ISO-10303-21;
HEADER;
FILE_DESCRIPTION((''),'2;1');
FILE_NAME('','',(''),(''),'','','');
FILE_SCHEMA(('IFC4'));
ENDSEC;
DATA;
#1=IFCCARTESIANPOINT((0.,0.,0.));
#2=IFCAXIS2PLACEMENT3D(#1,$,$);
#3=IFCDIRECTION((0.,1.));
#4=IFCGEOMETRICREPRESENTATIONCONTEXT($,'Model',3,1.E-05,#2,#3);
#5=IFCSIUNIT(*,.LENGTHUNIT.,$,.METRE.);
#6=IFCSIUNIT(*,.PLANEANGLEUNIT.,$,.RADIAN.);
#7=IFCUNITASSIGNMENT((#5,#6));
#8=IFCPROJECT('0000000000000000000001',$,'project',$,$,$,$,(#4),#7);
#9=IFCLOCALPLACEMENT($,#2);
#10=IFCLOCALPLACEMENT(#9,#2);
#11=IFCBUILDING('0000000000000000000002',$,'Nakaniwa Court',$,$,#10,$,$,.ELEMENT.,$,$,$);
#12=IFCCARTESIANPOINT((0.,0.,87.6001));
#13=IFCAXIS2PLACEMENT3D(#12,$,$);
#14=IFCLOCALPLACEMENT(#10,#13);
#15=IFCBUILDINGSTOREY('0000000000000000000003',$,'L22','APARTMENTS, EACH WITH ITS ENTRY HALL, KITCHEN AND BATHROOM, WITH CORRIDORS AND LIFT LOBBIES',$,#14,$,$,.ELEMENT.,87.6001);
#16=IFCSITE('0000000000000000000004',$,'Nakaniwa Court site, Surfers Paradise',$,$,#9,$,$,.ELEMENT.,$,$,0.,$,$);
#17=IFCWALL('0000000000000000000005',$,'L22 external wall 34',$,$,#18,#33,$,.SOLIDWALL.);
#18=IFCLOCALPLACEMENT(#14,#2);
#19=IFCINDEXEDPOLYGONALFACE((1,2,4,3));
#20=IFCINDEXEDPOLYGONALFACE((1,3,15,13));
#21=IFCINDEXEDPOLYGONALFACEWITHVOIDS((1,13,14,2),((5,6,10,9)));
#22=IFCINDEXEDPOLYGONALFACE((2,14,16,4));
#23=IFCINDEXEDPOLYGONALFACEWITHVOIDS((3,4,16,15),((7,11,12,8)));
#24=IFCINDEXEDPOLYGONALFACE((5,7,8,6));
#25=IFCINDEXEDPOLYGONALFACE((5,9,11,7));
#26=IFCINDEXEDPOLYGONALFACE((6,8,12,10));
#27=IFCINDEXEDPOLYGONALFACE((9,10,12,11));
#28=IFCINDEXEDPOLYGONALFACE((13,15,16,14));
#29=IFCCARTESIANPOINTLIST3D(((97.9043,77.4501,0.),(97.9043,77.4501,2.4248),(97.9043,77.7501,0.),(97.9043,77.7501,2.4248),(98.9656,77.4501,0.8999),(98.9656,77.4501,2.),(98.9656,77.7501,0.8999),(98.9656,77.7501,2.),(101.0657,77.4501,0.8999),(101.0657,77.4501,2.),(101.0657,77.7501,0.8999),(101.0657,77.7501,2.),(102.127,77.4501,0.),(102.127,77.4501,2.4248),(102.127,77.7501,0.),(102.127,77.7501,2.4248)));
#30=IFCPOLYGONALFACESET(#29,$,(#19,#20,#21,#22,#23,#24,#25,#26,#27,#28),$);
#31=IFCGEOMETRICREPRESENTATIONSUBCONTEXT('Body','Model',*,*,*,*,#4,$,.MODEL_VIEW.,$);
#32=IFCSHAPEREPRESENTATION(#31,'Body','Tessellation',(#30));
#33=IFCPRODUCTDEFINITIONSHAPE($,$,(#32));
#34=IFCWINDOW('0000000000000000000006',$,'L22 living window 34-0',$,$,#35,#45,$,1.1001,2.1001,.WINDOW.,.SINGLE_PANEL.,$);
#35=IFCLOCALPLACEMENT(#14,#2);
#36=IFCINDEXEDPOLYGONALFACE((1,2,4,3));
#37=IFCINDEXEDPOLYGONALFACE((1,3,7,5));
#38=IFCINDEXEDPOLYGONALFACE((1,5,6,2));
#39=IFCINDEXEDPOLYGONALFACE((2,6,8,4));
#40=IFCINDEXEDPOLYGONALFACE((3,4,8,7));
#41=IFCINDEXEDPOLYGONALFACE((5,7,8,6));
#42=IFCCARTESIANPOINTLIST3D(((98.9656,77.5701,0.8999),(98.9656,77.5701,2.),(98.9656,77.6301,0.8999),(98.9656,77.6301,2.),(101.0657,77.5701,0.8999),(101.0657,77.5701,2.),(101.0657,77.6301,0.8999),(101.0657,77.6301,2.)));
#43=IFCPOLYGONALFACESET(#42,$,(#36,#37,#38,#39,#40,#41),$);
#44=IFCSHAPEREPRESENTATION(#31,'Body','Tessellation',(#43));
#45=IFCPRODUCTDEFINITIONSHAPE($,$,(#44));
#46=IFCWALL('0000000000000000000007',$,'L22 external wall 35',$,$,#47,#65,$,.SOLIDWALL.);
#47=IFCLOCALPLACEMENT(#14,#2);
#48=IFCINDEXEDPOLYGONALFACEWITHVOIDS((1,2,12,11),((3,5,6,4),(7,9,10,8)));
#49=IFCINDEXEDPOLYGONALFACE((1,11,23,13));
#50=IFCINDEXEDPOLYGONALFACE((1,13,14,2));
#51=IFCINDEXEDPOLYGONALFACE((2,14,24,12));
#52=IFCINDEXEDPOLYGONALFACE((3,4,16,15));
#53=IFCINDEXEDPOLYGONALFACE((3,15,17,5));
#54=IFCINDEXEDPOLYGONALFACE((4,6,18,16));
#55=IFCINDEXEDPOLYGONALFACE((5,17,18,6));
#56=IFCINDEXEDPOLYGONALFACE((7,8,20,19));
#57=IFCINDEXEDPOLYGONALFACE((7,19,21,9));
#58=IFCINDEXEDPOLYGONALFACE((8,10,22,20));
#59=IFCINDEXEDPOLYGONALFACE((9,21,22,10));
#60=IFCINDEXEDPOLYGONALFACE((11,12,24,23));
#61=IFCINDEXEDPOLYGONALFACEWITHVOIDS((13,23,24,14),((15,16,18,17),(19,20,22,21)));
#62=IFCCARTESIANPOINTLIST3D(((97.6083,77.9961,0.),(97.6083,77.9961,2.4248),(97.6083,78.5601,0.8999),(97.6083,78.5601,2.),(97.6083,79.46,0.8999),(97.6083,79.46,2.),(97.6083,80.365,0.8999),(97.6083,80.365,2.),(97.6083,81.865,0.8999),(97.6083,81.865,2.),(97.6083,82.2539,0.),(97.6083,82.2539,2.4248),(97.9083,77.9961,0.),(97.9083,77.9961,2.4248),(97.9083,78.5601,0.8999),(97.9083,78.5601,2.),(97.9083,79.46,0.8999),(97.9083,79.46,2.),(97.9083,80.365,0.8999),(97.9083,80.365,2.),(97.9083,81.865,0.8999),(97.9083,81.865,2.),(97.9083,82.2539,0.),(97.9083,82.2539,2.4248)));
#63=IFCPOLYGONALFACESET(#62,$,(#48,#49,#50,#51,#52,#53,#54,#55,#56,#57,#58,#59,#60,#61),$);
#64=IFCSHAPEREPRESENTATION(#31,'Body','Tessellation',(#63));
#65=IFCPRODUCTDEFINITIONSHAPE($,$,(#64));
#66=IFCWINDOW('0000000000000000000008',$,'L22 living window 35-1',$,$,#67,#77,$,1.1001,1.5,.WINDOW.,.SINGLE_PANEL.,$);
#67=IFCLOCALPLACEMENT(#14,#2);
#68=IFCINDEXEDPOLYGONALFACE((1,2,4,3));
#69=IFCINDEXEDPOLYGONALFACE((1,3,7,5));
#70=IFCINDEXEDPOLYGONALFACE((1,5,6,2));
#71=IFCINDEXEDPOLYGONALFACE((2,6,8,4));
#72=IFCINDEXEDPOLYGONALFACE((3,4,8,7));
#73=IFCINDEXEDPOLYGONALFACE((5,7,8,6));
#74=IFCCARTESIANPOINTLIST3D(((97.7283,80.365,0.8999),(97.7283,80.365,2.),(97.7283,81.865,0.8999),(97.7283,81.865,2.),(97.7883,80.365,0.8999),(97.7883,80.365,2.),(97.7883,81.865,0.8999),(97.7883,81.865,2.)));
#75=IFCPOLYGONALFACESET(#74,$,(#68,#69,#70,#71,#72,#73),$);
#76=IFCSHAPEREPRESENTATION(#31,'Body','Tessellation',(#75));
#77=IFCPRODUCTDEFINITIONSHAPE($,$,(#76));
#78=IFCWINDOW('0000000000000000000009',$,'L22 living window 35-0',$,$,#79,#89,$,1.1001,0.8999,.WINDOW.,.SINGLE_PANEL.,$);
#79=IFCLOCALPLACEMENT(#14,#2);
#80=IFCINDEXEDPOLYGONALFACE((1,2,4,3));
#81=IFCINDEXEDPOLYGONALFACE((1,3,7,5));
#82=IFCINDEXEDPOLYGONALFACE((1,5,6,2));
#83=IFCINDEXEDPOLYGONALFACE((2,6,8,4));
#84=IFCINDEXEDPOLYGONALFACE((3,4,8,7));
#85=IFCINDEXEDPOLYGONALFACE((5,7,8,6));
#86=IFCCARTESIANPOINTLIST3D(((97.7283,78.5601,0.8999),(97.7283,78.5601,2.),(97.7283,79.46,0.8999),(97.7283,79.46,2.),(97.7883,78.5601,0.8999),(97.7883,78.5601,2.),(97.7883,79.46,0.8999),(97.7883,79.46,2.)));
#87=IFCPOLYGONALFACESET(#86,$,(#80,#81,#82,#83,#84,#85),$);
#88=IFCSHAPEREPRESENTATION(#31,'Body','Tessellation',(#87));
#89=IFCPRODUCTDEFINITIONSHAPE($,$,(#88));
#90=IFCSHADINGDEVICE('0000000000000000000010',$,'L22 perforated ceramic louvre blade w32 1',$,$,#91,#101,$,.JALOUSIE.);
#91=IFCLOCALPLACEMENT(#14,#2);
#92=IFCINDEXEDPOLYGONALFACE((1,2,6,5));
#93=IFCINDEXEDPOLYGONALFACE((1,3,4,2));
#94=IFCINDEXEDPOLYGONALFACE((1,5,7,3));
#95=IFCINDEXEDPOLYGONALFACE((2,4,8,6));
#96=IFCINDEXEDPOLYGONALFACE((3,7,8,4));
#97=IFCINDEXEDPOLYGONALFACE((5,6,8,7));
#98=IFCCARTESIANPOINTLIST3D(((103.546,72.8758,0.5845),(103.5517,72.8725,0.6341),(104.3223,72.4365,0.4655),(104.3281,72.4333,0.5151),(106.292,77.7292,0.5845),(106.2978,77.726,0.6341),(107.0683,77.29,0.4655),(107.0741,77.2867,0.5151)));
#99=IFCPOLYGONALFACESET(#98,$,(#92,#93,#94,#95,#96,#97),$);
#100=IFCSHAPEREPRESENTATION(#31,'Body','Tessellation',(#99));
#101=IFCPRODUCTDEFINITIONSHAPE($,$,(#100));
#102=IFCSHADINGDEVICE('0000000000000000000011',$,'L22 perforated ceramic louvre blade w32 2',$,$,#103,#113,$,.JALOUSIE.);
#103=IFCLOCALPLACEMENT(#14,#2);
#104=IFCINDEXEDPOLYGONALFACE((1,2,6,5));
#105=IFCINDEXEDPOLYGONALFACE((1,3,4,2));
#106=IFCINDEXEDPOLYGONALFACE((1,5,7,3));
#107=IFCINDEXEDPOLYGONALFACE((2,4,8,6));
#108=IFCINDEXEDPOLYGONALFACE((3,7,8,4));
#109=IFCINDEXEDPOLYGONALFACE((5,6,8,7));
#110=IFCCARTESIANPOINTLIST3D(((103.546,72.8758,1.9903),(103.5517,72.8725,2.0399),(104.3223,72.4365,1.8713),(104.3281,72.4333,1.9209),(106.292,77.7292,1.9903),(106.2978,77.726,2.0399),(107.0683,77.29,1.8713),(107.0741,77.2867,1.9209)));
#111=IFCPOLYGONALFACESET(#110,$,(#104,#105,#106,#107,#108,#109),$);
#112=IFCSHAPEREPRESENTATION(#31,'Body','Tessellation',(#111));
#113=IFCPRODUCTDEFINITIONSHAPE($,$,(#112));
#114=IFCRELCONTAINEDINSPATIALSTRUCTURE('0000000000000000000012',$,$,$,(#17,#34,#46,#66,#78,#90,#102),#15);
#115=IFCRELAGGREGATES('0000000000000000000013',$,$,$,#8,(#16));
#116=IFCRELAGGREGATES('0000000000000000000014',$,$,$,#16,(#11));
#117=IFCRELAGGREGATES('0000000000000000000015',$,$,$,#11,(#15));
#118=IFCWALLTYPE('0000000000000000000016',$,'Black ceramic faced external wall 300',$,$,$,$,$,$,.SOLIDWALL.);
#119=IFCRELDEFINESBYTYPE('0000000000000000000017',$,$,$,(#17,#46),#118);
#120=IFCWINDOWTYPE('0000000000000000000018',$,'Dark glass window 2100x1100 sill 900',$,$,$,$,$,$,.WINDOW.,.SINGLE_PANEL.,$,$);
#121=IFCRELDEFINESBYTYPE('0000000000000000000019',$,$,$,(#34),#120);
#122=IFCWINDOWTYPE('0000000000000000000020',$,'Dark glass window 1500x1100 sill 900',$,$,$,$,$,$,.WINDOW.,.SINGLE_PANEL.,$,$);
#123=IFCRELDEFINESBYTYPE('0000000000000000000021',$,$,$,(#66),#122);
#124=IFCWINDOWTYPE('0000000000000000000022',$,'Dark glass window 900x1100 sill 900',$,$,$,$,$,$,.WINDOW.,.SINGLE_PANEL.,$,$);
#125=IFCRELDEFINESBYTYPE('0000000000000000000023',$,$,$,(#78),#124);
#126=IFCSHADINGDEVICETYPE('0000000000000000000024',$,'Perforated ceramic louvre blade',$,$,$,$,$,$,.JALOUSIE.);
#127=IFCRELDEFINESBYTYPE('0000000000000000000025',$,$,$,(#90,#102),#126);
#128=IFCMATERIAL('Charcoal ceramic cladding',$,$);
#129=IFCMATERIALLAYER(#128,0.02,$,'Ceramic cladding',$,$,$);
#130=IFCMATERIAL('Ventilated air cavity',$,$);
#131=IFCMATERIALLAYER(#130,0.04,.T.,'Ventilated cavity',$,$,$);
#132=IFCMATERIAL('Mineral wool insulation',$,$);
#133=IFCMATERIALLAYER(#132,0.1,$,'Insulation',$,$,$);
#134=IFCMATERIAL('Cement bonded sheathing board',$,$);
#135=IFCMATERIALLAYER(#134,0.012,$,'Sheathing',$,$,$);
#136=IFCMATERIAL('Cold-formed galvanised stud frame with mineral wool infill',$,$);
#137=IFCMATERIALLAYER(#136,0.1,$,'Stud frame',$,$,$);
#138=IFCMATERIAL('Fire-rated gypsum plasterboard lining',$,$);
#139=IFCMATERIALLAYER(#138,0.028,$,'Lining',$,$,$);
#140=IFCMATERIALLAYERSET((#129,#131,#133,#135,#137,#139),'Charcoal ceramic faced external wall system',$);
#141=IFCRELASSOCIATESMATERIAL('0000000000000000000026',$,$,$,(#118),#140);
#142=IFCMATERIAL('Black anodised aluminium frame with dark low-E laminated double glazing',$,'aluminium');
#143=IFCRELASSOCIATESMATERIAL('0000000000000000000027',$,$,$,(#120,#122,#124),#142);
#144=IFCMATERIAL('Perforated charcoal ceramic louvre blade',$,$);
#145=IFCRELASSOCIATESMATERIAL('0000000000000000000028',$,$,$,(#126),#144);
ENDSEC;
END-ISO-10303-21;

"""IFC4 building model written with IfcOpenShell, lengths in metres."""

from ifc_helpers import new_model, si_unit, direction, frame, frame_2d, origin, origin_2d, place, context, subcontext, project, spatial, rectangle, extrude, material, layer, layer_set, material_profile, profile_set, type_object, element, fill, save


model = new_model("IFC4")

# Units and contexts
model_context = context("Model", 3, precision=1e-05, world=origin(), true_north=direction((0.0, 1.0)))
body_context = subcontext(model_context, "Body", "Model", "MODEL_VIEW")
ifc_project = project(units=[si_unit("LENGTHUNIT", "METRE"), si_unit("PLANEANGLEUNIT", "RADIAN")], contexts=[model_context])

# Site, building, storey
site_placement = place(None, origin())
site = spatial("IfcSite", under=ifc_project, at=site_placement, Name="Nakaniwa Court site, Surfers Paradise", CompositionType="ELEMENT", RefElevation=0.0)
building_placement = place(site_placement, origin())
building = spatial("IfcBuilding", under=site, at=building_placement, Name="Nakaniwa Court", CompositionType="ELEMENT")
storey_placement = place(building_placement, frame((0.0, 0.0, 87.6001)))
storey = spatial("IfcBuildingStorey", under=building, at=storey_placement, Name="L22", Description="APARTMENTS, EACH WITH ITS ENTRY HALL, KITCHEN AND BATHROOM, WITH CORRIDORS AND LIFT LOBBIES", CompositionType="ELEMENT", Elevation=87.6001)

# Shared definitions
ifc_material_1 = material(Name="Charcoal ceramic cladding")
ifc_layer_1 = layer(ifc_material_1, 0.02, Name="Ceramic cladding")
ifc_material_2 = material(Name="Ventilated air cavity")
ifc_layer_2 = layer(ifc_material_2, 0.04, ventilated=True, Name="Ventilated cavity")
ifc_material_3 = material(Name="Mineral wool insulation")
ifc_layer_3 = layer(ifc_material_3, 0.1, Name="Insulation")
ifc_material_4 = material(Name="Cement bonded sheathing board")
ifc_layer_4 = layer(ifc_material_4, 0.012, Name="Sheathing")
ifc_material_5 = material(Name="Cold-formed galvanised stud frame with mineral wool infill")
ifc_layer_5 = layer(ifc_material_5, 0.1, Name="Stud frame")
ifc_material_6 = material(Name="Fire-rated gypsum plasterboard lining")
ifc_layer_6 = layer(ifc_material_6, 0.028, Name="Lining")
ifc_layer_set = layer_set([ifc_layer_1, ifc_layer_2, ifc_layer_3, ifc_layer_4, ifc_layer_5, ifc_layer_6], Name="Charcoal ceramic faced external wall system")
wall_type = type_object("IfcWallType", Name="Black ceramic faced external wall 300", PredefinedType="SOLIDWALL", material=ifc_layer_set)
ifc_material_7 = material(Name="Black anodised aluminium frame with dark low-E laminated double glazing", Category="aluminium")
window_type_1 = type_object("IfcWindowType", Name="Dark glass window 2100x1100 sill 900", PartitioningType="SINGLE_PANEL", PredefinedType="WINDOW", material=ifc_material_7)

# Wall, opening, window
window_type_2 = type_object("IfcWindowType", Name="Dark glass window 1500x1100 sill 900", PartitioningType="SINGLE_PANEL", PredefinedType="WINDOW", material=ifc_material_7)
wall_1_placement = place(storey_placement, frame((102.127, 77.6001, 0.0), z_axis=(0.0, 0.0, 1.0), x_axis=(-1.0, 0.0, 0.0)))
wall_1 = element("IfcWall", 1, at=wall_1_placement, inside=storey, type_object=wall_type, Name="L22 external wall 34", PredefinedType="SOLIDWALL", context=body_context, shape_type="SweptSolid", body=[
    extrude(rectangle(XDim=4.2227, YDim=0.3, at=frame_2d((2.1113, 0.0))), origin(), (0.0, 0.0, 1.0), 2.4248),
])
opening_1_placement = place(wall_1_placement, frame((1.0613, 0.0, 0.8999)))
opening_1 = element("IfcOpeningElement", 2, at=opening_1_placement, cuts=wall_1, PredefinedType="OPENING", context=body_context, shape_type="SweptSolid", body=[
    extrude(rectangle(XDim=2.1001, YDim=1.1001, at=frame_2d((1.05, 0.55))), frame((0.0, 0.1599, 0.0), z_axis=(0.0, -1.0, 0.0), x_axis=(1.0, 0.0, 0.0)), (0.0, 0.0, 1.0), 0.3201),
])
window_1_placement = place(opening_1_placement, origin())
window_1 = element("IfcWindow", 3, at=window_1_placement, inside=storey, type_object=window_type_1, Name="L22 living window 34-0", OverallHeight=1.1001, OverallWidth=2.1001, PartitioningType="SINGLE_PANEL", PredefinedType="WINDOW", context=body_context, shape_type="SweptSolid", body=[
    extrude(rectangle(XDim=2.1001, YDim=1.1001, at=frame_2d((1.05, 0.55))), frame((0.0, 0.03, 0.0), z_axis=(0.0, -1.0, 0.0), x_axis=(1.0, 0.0, 0.0)), (0.0, 0.0, 1.0), 0.0601),
])
fill(opening_1, window_1)

# Wall, openings, windows
wall_2_placement = place(storey_placement, frame((97.7583, 77.9961, 0.0), z_axis=(0.0, 0.0, 1.0), x_axis=(0.0, 1.0, 0.0)))
wall_2 = element("IfcWall", 4, at=wall_2_placement, inside=storey, type_object=wall_type, Name="L22 external wall 35", PredefinedType="SOLIDWALL", context=body_context, shape_type="SweptSolid", body=[
    extrude(rectangle(XDim=4.2578, YDim=0.3, at=frame_2d((2.1289, 0.0))), origin(), (0.0, 0.0, 1.0), 2.4248),
])
opening_2_placement = place(wall_2_placement, frame((0.564, 0.0, 0.8999)))
opening_2 = element("IfcOpeningElement", 5, at=opening_2_placement, cuts=wall_2, PredefinedType="OPENING", context=body_context, shape_type="SweptSolid", body=[
    extrude(rectangle(XDim=0.8999, YDim=1.1001, at=frame_2d((0.45, 0.55))), frame((0.0, 0.1599, 0.0), z_axis=(0.0, -1.0, 0.0), x_axis=(1.0, 0.0, 0.0)), (0.0, 0.0, 1.0), 0.3201),
])
opening_3_placement = place(wall_2_placement, frame((2.3689, 0.0, 0.8999)))
opening_3 = element("IfcOpeningElement", 6, at=opening_3_placement, cuts=wall_2, PredefinedType="OPENING", context=body_context, shape_type="SweptSolid", body=[
    extrude(rectangle(XDim=1.5, YDim=1.1001, at=frame_2d((0.75, 0.55))), frame((0.0, 0.1599, 0.0), z_axis=(0.0, -1.0, 0.0), x_axis=(1.0, 0.0, 0.0)), (0.0, 0.0, 1.0), 0.3201),
])
window_2_placement = place(opening_3_placement, origin())
window_2 = element("IfcWindow", 7, at=window_2_placement, inside=storey, type_object=window_type_2, Name="L22 living window 35-1", OverallHeight=1.1001, OverallWidth=1.5, PartitioningType="SINGLE_PANEL", PredefinedType="WINDOW", context=body_context, shape_type="SweptSolid", body=[
    extrude(rectangle(XDim=1.5, YDim=1.1001, at=frame_2d((0.75, 0.55))), frame((0.0, 0.03, 0.0), z_axis=(0.0, -1.0, 0.0), x_axis=(1.0, 0.0, 0.0)), (0.0, 0.0, 1.0), 0.0601),
])
fill(opening_3, window_2)
window_type_3 = type_object("IfcWindowType", Name="Dark glass window 900x1100 sill 900", PartitioningType="SINGLE_PANEL", PredefinedType="WINDOW", material=ifc_material_7)
window_3_placement = place(opening_2_placement, origin())
window_3 = element("IfcWindow", 8, at=window_3_placement, inside=storey, type_object=window_type_3, Name="L22 living window 35-0", OverallHeight=1.1001, OverallWidth=0.8999, PartitioningType="SINGLE_PANEL", PredefinedType="WINDOW", context=body_context, shape_type="SweptSolid", body=[
    extrude(rectangle(XDim=0.8999, YDim=1.1001, at=frame_2d((0.45, 0.55))), frame((0.0, 0.03, 0.0), z_axis=(0.0, -1.0, 0.0), x_axis=(1.0, 0.0, 0.0)), (0.0, 0.0, 1.0), 0.0601),
])
fill(opening_2, window_3)

# Shading devices
ifc_material_8 = material(Name="Perforated charcoal ceramic louvre blade")
ifc_material_profile_1 = material_profile(ifc_material_8, rectangle(XDim=0.8999, YDim=0.05, at=origin_2d()), Name="Perforated ceramic louvre blade")
ifc_profile_set_1 = profile_set([ifc_material_profile_1], Name="Perforated charcoal ceramic louvre blade")
shading_device_type = type_object("IfcShadingDeviceType", Name="Perforated ceramic louvre blade", PredefinedType="JALOUSIE", material=ifc_profile_set_1)
for number, where, z_axis, x_axis, name in (
    (9, (103.937, 72.6545, 0.5498), (0.492438, 0.870347, 0.0), (-0.862702, 0.488112, 0.132256), "L22 perforated ceramic louvre blade w32 1"),
    (10, (103.937, 72.6545, 1.9556), (0.492438, 0.870347, 0.0), (-0.862702, 0.488112, 0.132256), "L22 perforated ceramic louvre blade w32 2"),
):
    element("IfcShadingDevice", number, at=place(storey_placement, frame(where, z_axis=z_axis, x_axis=x_axis)), inside=storey, type_object=shading_device_type, Name=name, PredefinedType="JALOUSIE", context=body_context, shape_type="SweptSolid", body=[
        extrude(rectangle(XDim=0.8999, YDim=0.05, at=origin_2d()), origin(), (0.0, 0.0, 1.0), 5.5764),
    ])

save(model, "model.ifc")
